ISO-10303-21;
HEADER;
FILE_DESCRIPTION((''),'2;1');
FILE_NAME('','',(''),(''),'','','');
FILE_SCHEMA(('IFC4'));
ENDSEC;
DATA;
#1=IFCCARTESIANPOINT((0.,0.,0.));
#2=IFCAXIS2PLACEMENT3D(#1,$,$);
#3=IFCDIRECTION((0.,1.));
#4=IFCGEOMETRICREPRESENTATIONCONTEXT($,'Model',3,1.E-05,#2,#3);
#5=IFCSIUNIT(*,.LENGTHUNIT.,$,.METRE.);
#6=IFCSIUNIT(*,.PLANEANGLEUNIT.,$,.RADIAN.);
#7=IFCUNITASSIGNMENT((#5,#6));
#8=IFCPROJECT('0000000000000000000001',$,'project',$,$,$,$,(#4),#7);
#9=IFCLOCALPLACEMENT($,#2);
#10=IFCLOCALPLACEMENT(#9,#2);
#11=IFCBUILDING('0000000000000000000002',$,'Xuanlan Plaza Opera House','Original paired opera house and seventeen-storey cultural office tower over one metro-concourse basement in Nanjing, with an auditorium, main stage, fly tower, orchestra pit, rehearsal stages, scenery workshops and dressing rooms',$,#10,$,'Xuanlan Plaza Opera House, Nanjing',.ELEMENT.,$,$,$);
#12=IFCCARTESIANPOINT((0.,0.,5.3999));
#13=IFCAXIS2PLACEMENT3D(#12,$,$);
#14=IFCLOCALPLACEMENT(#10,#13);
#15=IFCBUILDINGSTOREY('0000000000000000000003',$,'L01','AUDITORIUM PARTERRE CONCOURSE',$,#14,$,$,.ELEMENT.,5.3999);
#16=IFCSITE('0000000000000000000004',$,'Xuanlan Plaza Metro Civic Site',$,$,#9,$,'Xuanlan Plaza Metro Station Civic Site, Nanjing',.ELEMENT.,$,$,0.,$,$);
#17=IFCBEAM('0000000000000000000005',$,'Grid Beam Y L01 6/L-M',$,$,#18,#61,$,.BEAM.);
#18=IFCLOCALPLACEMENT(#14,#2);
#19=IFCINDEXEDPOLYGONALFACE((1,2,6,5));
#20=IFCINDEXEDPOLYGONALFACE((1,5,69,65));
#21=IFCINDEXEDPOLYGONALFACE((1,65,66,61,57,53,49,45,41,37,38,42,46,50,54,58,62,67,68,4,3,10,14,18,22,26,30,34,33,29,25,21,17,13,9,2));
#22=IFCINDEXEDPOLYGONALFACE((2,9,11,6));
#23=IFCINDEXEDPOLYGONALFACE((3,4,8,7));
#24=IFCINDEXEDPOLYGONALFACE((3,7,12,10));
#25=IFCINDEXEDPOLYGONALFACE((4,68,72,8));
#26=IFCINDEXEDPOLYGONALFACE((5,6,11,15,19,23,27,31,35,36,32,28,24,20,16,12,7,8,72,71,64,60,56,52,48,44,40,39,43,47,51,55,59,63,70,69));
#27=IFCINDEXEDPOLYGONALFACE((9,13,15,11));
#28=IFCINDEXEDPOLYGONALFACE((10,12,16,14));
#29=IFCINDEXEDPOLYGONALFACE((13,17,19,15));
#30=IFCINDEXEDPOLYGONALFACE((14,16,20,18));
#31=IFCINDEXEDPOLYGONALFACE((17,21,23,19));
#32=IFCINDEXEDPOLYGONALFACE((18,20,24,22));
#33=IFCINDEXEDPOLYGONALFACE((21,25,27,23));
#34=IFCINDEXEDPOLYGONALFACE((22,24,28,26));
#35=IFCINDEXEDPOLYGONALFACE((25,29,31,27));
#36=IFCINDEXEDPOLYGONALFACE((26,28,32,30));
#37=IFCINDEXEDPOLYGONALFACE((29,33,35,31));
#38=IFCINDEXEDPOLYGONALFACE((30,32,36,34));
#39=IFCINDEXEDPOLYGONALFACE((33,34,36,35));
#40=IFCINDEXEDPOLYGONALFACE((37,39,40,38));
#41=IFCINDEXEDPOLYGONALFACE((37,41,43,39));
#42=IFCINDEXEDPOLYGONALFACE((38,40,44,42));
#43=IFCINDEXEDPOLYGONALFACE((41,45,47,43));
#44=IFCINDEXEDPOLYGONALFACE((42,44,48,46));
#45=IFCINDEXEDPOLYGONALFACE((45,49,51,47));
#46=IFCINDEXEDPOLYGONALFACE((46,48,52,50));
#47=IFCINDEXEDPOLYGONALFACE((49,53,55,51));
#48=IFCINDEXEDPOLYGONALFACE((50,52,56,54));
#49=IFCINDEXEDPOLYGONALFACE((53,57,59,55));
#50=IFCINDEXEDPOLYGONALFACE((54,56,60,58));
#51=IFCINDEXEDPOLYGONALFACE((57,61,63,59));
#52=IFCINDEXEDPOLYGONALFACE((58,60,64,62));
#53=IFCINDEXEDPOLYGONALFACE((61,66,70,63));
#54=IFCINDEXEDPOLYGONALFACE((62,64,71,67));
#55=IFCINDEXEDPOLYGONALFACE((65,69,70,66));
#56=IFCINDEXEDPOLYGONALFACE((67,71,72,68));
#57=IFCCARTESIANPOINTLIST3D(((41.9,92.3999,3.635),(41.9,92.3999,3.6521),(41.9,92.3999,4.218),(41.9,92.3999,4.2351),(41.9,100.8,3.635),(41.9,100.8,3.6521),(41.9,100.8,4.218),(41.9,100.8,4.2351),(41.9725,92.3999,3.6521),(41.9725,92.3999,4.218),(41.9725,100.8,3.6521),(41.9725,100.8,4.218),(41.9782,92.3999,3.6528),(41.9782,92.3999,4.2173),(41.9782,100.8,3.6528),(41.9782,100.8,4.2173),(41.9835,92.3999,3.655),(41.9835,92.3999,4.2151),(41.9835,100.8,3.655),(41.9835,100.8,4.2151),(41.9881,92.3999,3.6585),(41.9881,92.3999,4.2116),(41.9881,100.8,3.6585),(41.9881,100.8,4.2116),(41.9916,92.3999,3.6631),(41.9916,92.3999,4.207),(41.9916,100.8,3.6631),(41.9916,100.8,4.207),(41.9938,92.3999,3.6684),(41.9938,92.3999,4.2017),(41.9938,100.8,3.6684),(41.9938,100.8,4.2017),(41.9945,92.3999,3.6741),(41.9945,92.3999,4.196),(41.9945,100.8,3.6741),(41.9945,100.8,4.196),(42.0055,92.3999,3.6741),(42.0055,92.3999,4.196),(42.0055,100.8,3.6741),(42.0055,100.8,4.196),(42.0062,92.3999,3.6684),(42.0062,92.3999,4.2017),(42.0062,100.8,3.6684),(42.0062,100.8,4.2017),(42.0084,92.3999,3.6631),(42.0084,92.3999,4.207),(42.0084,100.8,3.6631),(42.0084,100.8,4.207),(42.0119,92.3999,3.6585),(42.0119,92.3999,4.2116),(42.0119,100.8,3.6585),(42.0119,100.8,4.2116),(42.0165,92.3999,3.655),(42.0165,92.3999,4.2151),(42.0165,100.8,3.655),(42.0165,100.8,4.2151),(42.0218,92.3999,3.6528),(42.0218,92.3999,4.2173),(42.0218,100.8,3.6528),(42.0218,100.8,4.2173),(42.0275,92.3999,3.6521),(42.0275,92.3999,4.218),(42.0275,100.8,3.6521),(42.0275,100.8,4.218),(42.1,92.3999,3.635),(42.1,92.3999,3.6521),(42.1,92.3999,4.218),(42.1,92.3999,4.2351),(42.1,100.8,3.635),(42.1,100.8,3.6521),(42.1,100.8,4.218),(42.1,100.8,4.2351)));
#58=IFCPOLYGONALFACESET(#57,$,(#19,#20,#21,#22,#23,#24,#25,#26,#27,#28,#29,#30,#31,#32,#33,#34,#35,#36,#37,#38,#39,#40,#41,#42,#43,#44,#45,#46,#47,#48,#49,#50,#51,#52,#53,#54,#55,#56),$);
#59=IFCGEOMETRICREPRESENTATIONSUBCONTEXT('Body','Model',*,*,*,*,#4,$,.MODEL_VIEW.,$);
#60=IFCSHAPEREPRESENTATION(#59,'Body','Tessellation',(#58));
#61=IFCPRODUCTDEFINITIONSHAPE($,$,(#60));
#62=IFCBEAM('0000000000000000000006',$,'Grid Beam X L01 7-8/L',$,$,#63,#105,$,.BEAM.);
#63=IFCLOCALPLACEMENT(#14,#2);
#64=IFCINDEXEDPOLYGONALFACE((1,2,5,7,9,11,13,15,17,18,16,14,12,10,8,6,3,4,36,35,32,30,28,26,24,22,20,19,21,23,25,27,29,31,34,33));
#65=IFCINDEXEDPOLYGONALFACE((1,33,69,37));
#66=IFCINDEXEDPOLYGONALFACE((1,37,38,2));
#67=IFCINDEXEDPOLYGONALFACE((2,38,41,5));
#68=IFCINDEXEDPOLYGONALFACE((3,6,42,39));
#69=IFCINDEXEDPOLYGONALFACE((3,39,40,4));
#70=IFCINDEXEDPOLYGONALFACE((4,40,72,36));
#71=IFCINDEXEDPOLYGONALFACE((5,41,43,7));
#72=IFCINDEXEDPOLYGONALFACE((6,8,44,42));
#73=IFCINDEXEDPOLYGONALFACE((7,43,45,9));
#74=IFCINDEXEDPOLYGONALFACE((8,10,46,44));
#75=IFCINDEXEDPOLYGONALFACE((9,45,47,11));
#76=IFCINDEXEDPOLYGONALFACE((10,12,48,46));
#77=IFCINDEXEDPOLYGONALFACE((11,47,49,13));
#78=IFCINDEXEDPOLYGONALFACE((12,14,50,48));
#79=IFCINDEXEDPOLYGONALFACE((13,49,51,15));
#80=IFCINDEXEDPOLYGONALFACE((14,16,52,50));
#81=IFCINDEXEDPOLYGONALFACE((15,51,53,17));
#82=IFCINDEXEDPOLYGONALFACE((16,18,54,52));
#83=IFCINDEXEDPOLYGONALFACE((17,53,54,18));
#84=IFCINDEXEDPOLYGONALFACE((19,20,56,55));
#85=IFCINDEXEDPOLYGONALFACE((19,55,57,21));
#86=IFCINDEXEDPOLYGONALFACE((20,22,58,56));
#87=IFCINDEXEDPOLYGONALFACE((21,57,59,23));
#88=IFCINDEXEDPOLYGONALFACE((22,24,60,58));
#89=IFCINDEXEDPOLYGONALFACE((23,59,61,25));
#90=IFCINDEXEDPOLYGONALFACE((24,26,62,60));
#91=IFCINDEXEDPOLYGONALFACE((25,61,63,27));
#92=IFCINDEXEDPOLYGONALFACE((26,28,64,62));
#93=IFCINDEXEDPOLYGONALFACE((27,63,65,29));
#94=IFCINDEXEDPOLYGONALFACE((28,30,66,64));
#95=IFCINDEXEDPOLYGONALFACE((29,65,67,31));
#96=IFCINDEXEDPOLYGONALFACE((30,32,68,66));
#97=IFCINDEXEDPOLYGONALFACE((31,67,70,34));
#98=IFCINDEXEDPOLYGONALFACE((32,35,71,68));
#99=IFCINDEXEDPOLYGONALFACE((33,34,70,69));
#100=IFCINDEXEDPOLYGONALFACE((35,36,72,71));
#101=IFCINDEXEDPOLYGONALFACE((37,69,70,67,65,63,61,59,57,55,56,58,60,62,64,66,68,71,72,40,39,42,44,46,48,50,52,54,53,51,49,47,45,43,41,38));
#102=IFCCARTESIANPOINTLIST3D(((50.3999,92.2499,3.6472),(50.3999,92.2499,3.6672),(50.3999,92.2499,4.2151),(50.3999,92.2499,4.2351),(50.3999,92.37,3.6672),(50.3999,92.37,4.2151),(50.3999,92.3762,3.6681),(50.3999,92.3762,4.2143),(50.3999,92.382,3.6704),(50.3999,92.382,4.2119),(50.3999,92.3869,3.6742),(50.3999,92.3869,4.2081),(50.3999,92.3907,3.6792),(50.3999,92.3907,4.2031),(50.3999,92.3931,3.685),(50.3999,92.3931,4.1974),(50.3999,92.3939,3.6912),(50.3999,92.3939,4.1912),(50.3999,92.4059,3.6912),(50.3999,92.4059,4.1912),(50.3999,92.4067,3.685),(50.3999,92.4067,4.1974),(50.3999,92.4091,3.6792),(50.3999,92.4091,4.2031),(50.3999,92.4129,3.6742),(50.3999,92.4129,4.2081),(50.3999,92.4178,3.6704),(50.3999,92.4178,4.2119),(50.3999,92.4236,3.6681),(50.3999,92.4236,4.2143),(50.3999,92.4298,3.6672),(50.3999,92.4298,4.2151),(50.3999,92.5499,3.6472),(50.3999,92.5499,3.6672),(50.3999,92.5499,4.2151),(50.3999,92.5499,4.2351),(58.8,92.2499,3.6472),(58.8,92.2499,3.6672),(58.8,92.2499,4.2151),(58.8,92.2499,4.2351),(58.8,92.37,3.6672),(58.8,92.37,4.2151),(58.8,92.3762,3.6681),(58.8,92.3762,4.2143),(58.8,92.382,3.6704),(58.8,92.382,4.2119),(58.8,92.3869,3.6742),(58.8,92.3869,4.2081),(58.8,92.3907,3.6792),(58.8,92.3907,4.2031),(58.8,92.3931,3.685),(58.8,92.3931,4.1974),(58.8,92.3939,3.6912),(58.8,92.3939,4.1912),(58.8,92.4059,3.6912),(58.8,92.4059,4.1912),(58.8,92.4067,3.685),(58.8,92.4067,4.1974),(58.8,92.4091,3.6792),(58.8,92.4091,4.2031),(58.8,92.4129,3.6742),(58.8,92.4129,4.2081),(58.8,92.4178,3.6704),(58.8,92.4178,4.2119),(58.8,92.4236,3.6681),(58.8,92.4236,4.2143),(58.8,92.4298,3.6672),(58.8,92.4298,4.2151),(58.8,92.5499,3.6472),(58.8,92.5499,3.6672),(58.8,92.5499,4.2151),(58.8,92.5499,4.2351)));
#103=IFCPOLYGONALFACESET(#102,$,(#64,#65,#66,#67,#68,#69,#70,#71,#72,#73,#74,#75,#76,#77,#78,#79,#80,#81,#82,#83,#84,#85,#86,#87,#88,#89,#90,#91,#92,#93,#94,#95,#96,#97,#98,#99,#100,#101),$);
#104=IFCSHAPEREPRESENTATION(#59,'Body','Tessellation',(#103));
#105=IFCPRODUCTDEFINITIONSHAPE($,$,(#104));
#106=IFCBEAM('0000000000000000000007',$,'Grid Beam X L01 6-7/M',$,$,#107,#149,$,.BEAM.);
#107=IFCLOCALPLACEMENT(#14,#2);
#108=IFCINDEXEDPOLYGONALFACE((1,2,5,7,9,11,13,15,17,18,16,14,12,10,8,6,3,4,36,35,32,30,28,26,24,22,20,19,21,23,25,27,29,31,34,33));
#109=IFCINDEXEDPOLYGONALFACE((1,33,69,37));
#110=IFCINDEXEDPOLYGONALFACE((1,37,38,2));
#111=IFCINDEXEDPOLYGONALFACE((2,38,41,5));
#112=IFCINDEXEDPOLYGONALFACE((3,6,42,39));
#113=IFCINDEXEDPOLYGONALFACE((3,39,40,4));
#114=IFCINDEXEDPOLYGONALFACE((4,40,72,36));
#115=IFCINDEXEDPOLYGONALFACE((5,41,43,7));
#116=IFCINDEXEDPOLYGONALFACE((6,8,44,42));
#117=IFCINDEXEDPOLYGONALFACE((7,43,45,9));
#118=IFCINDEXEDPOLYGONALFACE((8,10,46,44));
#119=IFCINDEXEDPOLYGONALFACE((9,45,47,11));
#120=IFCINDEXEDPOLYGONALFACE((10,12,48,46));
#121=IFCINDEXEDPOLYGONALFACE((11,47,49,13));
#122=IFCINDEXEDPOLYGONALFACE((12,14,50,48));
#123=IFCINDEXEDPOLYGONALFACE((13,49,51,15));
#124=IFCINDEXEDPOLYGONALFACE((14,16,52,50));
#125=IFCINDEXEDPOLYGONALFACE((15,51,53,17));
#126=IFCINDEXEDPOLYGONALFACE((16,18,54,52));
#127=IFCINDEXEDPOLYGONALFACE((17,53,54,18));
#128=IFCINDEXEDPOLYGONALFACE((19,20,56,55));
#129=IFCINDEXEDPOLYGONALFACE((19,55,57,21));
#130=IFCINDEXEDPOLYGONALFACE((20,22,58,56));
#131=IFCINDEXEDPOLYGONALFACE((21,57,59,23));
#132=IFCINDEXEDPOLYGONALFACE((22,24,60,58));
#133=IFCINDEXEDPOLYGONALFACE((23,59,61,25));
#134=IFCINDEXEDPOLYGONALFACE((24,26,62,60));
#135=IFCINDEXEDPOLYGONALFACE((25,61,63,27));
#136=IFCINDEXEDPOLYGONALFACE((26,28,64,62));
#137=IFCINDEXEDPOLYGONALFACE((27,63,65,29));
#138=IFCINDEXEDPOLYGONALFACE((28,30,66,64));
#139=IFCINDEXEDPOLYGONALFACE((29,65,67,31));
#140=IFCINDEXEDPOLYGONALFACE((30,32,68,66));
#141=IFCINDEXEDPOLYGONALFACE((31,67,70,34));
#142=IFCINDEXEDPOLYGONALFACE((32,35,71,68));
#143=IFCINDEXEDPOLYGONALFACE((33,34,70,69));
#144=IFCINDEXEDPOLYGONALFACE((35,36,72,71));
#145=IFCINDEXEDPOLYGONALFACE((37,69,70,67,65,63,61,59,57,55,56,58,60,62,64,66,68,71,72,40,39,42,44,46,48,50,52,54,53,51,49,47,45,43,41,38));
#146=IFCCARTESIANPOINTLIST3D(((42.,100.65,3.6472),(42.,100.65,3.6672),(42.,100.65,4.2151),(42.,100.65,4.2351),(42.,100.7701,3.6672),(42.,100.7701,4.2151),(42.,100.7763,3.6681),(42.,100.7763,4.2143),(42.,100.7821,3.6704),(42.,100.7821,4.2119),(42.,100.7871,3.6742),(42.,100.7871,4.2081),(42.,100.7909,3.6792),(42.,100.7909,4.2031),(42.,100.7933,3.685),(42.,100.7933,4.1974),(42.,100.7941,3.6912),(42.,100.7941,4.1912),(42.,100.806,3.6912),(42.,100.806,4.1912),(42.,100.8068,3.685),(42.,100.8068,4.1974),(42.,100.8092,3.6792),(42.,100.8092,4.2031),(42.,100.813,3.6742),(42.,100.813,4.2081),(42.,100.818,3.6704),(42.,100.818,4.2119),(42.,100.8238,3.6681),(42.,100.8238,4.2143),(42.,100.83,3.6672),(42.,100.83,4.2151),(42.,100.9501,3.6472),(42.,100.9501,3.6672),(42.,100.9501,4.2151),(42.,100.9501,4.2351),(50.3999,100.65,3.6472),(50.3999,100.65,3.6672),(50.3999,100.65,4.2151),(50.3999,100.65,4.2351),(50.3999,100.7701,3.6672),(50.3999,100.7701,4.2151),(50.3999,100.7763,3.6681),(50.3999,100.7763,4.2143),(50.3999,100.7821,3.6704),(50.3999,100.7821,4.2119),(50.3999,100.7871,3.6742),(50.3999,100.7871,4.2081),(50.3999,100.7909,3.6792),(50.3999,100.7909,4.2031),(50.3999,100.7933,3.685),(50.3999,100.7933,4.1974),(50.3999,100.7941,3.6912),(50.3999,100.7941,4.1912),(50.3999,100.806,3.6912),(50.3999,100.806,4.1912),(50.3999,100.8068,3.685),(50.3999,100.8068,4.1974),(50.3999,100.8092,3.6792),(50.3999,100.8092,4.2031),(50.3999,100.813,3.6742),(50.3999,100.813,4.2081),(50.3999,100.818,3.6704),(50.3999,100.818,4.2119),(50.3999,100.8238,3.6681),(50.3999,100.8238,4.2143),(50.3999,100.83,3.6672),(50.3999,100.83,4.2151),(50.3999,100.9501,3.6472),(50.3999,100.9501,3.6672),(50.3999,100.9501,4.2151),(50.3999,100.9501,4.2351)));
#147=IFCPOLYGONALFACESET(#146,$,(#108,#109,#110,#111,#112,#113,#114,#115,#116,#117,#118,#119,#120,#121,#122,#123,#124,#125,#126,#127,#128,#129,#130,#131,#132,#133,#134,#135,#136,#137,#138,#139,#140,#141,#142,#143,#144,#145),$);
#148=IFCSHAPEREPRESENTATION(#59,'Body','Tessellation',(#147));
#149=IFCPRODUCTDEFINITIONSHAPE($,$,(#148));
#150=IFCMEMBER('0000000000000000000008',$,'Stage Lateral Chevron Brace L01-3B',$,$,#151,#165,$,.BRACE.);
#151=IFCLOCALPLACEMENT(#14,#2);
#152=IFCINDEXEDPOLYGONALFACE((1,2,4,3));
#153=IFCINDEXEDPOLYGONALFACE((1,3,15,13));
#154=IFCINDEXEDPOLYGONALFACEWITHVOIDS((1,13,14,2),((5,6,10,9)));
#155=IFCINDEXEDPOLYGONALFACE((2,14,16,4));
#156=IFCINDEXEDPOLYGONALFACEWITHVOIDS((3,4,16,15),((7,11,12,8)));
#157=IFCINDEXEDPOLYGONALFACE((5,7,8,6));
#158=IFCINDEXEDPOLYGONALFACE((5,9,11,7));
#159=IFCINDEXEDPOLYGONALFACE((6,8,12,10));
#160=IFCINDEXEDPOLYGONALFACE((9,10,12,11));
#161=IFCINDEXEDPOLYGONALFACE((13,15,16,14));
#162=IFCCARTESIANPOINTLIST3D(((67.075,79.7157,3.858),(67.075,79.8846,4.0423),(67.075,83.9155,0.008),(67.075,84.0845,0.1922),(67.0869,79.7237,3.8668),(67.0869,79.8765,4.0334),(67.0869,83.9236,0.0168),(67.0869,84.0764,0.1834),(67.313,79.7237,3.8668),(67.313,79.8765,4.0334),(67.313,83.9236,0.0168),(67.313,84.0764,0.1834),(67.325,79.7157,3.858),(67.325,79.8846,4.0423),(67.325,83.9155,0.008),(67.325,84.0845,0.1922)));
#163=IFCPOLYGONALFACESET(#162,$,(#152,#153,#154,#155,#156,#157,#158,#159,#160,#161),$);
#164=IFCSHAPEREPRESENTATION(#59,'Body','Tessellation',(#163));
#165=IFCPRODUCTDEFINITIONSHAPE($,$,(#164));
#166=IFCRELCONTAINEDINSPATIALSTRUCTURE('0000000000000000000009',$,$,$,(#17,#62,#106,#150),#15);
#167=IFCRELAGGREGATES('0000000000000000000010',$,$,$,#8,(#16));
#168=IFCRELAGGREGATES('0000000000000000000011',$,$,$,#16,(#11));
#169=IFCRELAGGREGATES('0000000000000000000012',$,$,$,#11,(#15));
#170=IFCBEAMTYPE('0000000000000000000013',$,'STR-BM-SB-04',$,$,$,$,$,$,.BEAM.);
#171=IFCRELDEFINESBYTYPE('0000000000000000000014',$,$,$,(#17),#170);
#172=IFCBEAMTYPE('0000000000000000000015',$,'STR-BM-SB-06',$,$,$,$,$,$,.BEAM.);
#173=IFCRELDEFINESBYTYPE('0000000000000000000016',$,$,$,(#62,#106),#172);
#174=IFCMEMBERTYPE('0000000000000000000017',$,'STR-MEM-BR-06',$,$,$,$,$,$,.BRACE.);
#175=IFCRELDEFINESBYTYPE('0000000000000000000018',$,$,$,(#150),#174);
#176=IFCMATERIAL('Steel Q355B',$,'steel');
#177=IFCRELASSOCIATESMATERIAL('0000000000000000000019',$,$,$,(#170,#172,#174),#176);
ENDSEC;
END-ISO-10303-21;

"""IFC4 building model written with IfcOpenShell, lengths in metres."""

from ifc_helpers import new_model, si_unit, direction, frame, origin, origin_2d, place, context, subcontext, project, spatial, hollow_rectangle, i_section, extrude, material, material_profile, profile_set, type_object, element, save


model = new_model("IFC4")

# Units and contexts
model_context = context("Model", 3, precision=1e-05, world=origin(), true_north=direction((0.0, 1.0)))
body_context = subcontext(model_context, "Body", "Model", "MODEL_VIEW")
ifc_project = project(units=[si_unit("LENGTHUNIT", "METRE"), si_unit("PLANEANGLEUNIT", "RADIAN")], contexts=[model_context])

# Site, building, storey
site_placement = place(None, origin())
site = spatial("IfcSite", under=ifc_project, at=site_placement, Name="Xuanlan Plaza Metro Civic Site", LongName="Xuanlan Plaza Metro Station Civic Site, Nanjing", CompositionType="ELEMENT", RefElevation=0.0)
building_placement = place(site_placement, origin())
building = spatial("IfcBuilding", under=site, at=building_placement, Name="Xuanlan Plaza Opera House", Description="Original paired opera house and seventeen-storey cultural office tower over one metro-concourse basement in Nanjing, with an auditorium, main stage, fly tower, orchestra pit, rehearsal stages, scenery workshops and dressing rooms", LongName="Xuanlan Plaza Opera House, Nanjing", CompositionType="ELEMENT")
storey_placement = place(building_placement, frame((0.0, 0.0, 5.3999)))
storey = spatial("IfcBuildingStorey", under=building, at=storey_placement, Name="L01", Description="AUDITORIUM PARTERRE CONCOURSE", CompositionType="ELEMENT", Elevation=5.3999)

# Beams
ifc_material_1 = material(Name="Steel Q355B", Category="steel")
ifc_material_profile_1 = material_profile(ifc_material_1, i_section(OverallWidth=0.2, OverallDepth=0.6001, WebThickness=0.011, FlangeThickness=0.0171, FilletRadius=0.022, at=origin_2d()), Name="HN 600x200x11x17")
ifc_profile_set_1 = profile_set([ifc_material_profile_1], Name="Steel Q355B")
beam_type_1 = type_object("IfcBeamType", Name="STR-BM-SB-04", PredefinedType="BEAM", material=ifc_profile_set_1)
beam_1_placement = place(storey_placement, frame((42.0, 92.3999, 3.9351), z_axis=(0.0, 1.0, 0.0), x_axis=(-1.0, 0.0, 0.0)))
element("IfcBeam", 1, at=beam_1_placement, inside=storey, type_object=beam_type_1, Name="Grid Beam Y L01 6/L-M", PredefinedType="BEAM", context=body_context, shape_type="SweptSolid", body=[
    extrude(i_section(OverallWidth=0.2, OverallDepth=0.6001, WebThickness=0.011, FlangeThickness=0.0171, FilletRadius=0.022, at=origin_2d()), origin(), (0.0, 0.0, 1.0), 8.4001),
])
ifc_material_profile_2 = material_profile(ifc_material_1, i_section(OverallWidth=0.3, OverallDepth=0.5879, WebThickness=0.012, FlangeThickness=0.02, FilletRadius=0.0239, at=origin_2d()), Name="HM 588x300x12x20")
ifc_profile_set_2 = profile_set([ifc_material_profile_2], Name="Steel Q355B")
beam_type_2 = type_object("IfcBeamType", Name="STR-BM-SB-06", PredefinedType="BEAM", material=ifc_profile_set_2)
beam_2_placement = place(storey_placement, frame((50.3999, 92.3999, 3.9412), z_axis=(1.0, 0.0, 0.0), x_axis=(0.0, 1.0, 0.0)))
element("IfcBeam", 2, at=beam_2_placement, inside=storey, type_object=beam_type_2, Name="Grid Beam X L01 7-8/L", PredefinedType="BEAM", context=body_context, shape_type="SweptSolid", body=[
    extrude(i_section(OverallWidth=0.3, OverallDepth=0.5879, WebThickness=0.012, FlangeThickness=0.02, FilletRadius=0.0239, at=origin_2d()), origin(), (0.0, 0.0, 1.0), 8.4001),
])
beam_3_placement = place(storey_placement, frame((42.0, 100.8, 3.9412), z_axis=(1.0, 0.0, 0.0), x_axis=(0.0, 1.0, 0.0)))
element("IfcBeam", 3, at=beam_3_placement, inside=storey, type_object=beam_type_2, Name="Grid Beam X L01 6-7/M", PredefinedType="BEAM", context=body_context, shape_type="SweptSolid", body=[
    extrude(i_section(OverallWidth=0.3, OverallDepth=0.5879, WebThickness=0.012, FlangeThickness=0.02, FilletRadius=0.0239, at=origin_2d()), origin(), (0.0, 0.0, 1.0), 8.3999),
])

# Member
ifc_material_profile_3 = material_profile(ifc_material_1, hollow_rectangle(XDim=0.25, YDim=0.25, WallThickness=0.012, at=origin_2d()), Name="SHS 250x250x12")
ifc_profile_set_3 = profile_set([ifc_material_profile_3], Name="Steel Q355B")
member_type = type_object("IfcMemberType", Name="STR-MEM-BR-06", PredefinedType="BRACE", material=ifc_profile_set_3)
member_placement = place(storey_placement, frame((67.2, 84.0, 0.1001), z_axis=(0.0, -0.737142, 0.675738), x_axis=(1.0, 0.0, 0.0)))
element("IfcMember", 4, at=member_placement, inside=storey, type_object=member_type, Name="Stage Lateral Chevron Brace L01-3B", PredefinedType="BRACE", context=body_context, shape_type="SweptSolid", body=[
    extrude(hollow_rectangle(XDim=0.25, YDim=0.25, WallThickness=0.012, at=origin_2d()), origin(), (0.0, 0.0, 1.0), 5.6975),
])

save(model, "model.ifc")
